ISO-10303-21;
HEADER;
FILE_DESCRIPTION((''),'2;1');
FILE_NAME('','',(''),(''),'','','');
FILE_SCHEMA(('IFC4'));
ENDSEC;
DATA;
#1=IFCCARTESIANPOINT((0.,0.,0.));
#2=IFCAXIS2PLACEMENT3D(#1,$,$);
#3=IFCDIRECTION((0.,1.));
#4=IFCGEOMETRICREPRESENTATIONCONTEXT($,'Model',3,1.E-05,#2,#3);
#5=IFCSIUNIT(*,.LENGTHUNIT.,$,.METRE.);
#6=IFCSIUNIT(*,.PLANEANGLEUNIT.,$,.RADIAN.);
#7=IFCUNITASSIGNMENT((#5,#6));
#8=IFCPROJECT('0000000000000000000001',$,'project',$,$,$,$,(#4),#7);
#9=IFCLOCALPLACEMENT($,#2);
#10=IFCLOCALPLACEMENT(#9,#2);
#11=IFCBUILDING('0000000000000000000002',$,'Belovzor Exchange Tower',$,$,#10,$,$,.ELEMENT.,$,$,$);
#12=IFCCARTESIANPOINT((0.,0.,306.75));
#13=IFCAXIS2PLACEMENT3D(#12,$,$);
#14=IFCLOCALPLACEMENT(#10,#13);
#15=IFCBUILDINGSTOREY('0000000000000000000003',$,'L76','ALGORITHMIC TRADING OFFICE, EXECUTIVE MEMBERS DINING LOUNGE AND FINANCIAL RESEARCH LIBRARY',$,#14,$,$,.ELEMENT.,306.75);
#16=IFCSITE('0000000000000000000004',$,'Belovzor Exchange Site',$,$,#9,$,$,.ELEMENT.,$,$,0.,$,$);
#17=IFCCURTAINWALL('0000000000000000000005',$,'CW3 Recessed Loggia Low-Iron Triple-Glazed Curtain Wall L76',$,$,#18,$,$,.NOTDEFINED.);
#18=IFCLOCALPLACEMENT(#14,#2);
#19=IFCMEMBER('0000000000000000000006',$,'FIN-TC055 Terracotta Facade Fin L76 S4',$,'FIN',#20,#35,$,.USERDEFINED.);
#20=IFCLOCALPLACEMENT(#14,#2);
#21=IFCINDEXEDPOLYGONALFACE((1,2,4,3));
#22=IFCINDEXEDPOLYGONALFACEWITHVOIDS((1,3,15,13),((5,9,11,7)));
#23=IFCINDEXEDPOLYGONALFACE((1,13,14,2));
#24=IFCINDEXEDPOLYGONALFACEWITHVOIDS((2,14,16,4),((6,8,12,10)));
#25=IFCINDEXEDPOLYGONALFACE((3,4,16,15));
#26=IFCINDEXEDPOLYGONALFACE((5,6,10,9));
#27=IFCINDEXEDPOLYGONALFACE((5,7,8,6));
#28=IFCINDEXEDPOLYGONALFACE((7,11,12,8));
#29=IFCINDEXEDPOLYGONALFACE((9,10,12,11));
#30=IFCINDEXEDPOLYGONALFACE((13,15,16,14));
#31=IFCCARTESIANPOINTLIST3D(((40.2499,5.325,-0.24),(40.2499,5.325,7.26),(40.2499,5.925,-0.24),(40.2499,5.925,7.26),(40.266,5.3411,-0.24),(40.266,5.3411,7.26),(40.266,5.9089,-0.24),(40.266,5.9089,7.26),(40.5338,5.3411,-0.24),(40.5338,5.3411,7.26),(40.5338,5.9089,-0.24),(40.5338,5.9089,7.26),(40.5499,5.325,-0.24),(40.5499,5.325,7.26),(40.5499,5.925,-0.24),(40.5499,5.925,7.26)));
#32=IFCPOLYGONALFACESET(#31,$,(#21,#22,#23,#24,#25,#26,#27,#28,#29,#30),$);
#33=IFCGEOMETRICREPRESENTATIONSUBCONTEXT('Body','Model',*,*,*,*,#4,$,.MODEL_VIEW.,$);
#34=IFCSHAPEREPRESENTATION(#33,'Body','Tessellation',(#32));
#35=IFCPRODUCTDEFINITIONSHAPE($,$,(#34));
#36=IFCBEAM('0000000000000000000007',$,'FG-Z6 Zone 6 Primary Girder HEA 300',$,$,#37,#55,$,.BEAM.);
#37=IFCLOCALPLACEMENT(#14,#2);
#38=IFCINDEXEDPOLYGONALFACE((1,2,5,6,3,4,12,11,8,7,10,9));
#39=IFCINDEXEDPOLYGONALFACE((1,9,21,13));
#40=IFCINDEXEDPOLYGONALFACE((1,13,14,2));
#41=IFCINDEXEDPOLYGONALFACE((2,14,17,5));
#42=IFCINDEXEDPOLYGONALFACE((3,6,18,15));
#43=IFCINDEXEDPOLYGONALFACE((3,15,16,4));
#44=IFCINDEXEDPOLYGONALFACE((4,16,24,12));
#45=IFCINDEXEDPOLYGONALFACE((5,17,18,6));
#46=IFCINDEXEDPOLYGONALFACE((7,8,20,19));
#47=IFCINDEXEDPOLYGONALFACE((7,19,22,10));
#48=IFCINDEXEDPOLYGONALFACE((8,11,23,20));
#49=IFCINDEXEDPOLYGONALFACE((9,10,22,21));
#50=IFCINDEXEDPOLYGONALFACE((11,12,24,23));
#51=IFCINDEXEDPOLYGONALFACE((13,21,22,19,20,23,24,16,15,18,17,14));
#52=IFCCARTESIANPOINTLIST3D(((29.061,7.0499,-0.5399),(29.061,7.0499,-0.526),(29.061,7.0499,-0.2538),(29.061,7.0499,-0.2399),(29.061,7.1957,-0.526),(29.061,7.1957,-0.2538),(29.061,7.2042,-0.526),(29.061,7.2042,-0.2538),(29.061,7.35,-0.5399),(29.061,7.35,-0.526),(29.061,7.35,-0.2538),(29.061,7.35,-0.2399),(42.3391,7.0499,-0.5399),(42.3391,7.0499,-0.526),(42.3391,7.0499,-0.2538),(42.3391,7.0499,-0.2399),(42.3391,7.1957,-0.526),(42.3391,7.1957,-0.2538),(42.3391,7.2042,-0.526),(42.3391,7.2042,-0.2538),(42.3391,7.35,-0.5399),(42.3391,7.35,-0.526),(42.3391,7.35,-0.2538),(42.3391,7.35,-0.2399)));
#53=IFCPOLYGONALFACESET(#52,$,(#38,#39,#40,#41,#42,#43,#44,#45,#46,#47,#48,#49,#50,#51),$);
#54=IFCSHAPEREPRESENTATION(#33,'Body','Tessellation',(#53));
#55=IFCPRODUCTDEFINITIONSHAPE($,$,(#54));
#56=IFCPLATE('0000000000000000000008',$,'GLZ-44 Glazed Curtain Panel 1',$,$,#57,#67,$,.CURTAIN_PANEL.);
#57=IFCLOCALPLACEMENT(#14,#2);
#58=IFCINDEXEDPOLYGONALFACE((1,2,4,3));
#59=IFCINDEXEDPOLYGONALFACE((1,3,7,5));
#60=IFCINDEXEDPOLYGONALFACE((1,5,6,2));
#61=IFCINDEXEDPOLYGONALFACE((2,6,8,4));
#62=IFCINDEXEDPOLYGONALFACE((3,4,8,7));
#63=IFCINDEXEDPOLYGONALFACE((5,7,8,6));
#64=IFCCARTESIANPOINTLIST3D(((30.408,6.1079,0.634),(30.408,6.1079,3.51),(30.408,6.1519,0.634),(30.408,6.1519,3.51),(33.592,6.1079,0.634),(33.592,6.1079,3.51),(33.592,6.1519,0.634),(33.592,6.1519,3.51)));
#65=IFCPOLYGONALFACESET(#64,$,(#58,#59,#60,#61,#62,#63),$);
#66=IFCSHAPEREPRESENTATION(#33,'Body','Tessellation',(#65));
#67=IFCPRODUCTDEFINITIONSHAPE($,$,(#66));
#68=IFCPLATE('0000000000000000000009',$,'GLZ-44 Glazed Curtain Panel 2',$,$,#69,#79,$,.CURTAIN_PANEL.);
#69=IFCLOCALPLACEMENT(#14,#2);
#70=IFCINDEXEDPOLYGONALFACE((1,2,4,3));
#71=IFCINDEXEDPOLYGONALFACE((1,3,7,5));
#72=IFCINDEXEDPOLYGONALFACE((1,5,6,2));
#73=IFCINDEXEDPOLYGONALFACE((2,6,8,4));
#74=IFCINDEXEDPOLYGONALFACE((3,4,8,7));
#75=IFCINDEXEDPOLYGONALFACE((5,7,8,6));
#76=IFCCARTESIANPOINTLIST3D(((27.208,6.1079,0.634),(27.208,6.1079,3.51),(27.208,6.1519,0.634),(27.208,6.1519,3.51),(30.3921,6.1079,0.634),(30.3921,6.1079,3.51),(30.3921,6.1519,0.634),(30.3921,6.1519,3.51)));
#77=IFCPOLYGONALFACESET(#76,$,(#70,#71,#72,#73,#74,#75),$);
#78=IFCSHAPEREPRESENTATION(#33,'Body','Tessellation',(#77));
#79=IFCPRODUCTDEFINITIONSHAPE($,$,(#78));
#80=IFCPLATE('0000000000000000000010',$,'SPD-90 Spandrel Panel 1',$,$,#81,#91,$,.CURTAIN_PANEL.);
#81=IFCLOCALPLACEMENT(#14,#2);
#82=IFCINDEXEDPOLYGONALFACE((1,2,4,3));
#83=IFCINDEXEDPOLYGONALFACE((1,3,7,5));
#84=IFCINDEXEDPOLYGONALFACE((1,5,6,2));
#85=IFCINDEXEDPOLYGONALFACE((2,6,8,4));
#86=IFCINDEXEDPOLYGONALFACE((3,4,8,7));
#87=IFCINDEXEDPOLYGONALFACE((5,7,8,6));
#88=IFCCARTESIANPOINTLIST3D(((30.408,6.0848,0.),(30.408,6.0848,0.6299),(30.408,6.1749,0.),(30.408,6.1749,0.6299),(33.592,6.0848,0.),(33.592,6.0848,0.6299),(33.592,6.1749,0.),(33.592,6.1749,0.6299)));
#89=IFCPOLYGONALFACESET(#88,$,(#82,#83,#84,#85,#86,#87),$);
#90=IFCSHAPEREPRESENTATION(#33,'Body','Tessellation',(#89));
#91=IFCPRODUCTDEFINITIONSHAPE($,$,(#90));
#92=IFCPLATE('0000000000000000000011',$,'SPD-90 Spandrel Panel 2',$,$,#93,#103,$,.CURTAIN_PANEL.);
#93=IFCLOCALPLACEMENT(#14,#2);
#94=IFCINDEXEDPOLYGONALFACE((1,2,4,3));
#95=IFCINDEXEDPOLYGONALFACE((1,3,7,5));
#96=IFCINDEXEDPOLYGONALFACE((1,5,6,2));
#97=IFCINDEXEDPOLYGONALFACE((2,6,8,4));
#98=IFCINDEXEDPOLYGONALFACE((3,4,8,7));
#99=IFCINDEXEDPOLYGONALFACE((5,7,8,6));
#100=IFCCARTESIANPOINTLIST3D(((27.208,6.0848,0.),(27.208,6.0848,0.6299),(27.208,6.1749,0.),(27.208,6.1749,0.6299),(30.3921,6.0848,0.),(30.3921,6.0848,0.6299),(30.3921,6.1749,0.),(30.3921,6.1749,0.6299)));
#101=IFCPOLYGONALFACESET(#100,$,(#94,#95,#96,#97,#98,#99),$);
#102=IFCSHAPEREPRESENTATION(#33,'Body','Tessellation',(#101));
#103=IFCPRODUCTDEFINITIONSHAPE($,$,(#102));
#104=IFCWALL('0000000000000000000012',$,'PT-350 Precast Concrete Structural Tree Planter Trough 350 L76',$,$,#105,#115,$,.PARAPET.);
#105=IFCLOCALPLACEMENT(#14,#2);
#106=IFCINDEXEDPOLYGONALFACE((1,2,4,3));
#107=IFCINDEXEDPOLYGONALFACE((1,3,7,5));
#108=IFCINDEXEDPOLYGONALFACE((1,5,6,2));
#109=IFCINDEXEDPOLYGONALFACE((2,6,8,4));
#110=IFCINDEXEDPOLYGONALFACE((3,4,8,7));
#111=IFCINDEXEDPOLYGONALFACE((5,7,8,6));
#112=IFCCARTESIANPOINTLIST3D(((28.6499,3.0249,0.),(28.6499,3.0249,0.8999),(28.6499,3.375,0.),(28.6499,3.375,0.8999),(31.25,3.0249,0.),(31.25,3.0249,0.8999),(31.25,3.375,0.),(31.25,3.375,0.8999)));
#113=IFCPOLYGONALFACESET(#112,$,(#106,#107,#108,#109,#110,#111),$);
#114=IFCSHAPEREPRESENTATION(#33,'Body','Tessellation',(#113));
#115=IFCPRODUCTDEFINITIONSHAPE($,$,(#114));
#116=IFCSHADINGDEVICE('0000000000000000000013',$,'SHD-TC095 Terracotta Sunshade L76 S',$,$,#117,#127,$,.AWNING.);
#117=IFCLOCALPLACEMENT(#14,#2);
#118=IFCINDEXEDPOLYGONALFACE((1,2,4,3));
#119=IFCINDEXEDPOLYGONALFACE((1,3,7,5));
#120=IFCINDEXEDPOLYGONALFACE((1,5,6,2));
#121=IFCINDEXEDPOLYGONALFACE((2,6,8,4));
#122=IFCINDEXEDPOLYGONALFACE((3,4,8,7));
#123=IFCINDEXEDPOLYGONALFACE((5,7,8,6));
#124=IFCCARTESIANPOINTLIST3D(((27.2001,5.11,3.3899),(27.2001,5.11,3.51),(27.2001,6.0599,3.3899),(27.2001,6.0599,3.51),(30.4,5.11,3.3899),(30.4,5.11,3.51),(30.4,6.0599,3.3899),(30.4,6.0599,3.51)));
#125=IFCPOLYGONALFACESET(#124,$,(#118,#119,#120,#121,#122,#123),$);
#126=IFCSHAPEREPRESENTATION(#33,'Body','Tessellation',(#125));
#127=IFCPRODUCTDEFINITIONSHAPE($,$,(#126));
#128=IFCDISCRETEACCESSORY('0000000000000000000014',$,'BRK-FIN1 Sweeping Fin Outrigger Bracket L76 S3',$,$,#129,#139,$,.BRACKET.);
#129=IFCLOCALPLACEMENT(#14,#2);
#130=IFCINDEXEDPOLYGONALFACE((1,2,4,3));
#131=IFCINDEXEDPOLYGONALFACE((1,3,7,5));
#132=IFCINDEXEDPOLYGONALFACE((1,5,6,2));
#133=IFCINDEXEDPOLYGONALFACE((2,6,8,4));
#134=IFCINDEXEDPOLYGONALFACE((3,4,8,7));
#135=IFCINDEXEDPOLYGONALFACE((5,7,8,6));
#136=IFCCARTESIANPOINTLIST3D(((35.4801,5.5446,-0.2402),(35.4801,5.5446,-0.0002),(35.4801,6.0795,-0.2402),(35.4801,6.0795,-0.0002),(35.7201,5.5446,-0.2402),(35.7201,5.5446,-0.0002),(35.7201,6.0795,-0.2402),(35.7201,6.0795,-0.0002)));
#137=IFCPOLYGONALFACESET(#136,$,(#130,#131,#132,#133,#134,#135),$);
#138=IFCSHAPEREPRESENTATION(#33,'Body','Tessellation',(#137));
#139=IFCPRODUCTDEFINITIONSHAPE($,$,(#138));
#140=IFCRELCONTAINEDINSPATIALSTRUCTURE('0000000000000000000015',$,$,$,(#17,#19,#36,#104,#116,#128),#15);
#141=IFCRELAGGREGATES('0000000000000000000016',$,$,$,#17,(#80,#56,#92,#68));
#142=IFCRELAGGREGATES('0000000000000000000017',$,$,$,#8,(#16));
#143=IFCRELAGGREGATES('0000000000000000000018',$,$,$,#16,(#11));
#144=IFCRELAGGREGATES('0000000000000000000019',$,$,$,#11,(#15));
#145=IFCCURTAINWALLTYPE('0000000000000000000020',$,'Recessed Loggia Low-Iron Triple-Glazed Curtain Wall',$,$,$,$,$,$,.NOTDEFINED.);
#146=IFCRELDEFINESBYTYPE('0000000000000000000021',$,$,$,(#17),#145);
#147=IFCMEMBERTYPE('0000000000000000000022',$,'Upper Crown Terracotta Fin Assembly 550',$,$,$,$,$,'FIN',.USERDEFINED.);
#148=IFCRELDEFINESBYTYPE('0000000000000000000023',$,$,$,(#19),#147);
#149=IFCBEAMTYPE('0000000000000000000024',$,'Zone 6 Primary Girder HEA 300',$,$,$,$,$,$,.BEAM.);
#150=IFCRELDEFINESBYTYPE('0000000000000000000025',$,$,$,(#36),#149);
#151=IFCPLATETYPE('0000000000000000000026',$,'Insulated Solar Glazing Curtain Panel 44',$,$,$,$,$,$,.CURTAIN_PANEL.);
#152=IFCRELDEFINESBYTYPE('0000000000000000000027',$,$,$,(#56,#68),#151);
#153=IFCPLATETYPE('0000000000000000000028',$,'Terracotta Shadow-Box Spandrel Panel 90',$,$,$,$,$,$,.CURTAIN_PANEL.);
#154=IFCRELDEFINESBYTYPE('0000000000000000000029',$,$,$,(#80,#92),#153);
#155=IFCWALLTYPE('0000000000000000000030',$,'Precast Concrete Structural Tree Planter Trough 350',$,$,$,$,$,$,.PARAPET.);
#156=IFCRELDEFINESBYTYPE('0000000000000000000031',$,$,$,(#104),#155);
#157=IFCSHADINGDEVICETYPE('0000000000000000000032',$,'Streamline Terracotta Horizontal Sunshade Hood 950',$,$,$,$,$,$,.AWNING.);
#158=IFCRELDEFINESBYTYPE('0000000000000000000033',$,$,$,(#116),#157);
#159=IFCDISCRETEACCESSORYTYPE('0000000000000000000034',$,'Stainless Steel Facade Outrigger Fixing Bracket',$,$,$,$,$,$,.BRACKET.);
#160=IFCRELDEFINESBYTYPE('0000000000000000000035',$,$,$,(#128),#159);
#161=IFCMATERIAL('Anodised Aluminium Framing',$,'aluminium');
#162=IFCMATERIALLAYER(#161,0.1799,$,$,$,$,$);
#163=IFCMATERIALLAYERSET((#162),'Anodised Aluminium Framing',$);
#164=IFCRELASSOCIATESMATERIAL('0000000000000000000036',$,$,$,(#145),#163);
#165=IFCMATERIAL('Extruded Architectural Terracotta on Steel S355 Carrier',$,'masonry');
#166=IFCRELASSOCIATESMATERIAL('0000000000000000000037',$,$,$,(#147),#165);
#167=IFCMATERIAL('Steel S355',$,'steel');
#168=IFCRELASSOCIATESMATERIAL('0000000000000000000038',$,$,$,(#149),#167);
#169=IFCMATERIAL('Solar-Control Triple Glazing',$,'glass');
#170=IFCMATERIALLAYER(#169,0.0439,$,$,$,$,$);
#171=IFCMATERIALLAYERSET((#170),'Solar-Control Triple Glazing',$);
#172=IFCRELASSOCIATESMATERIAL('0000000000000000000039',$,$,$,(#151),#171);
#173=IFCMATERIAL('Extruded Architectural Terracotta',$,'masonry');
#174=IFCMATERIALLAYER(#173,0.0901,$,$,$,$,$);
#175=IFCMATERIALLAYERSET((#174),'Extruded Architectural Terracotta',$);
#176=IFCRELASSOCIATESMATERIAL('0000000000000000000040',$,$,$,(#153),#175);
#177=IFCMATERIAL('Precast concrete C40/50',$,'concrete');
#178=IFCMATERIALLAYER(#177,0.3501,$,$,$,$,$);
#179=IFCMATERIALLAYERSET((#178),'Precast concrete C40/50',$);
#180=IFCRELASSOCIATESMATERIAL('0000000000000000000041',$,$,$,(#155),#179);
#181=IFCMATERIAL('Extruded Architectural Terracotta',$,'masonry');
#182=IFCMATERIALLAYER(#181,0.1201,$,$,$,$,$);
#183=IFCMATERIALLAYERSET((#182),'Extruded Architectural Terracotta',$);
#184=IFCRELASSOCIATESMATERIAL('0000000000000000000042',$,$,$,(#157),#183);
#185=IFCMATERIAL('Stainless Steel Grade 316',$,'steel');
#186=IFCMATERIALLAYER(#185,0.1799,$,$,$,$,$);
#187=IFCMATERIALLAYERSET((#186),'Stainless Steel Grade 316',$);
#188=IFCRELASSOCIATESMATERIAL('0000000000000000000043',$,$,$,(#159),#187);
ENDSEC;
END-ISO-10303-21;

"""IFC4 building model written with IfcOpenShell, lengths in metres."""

from ifc_helpers import new_model, si_unit, direction, frame, frame_2d, origin, origin_2d, place, context, subcontext, project, spatial, rectangle, hollow_rectangle, i_section, extrude, material, layer, layer_set, material_profile, profile_set, type_object, element, aggregate, save


model = new_model("IFC4")

# Units and contexts
model_context = context("Model", 3, precision=1e-05, world=origin(), true_north=direction((0.0, 1.0)))
body_context = subcontext(model_context, "Body", "Model", "MODEL_VIEW")
ifc_project = project(units=[si_unit("LENGTHUNIT", "METRE"), si_unit("PLANEANGLEUNIT", "RADIAN")], contexts=[model_context])

# Site, building, storey
site_placement = place(None, origin())
site = spatial("IfcSite", under=ifc_project, at=site_placement, Name="Belovzor Exchange Site", CompositionType="ELEMENT", RefElevation=0.0)
building_placement = place(site_placement, origin())
building = spatial("IfcBuilding", under=site, at=building_placement, Name="Belovzor Exchange Tower", CompositionType="ELEMENT")
storey_placement = place(building_placement, frame((0.0, 0.0, 306.75)))
storey = spatial("IfcBuildingStorey", under=building, at=storey_placement, Name="L76", Description="ALGORITHMIC TRADING OFFICE, EXECUTIVE MEMBERS DINING LOUNGE AND FINANCIAL RESEARCH LIBRARY", CompositionType="ELEMENT", Elevation=306.75)

# Curtain wall
ifc_material_1 = material(Name="Anodised Aluminium Framing", Category="aluminium")
ifc_layer_1 = layer(ifc_material_1, 0.1799)
ifc_layer_set_1 = layer_set([ifc_layer_1], Name="Anodised Aluminium Framing")
curtain_wall_type = type_object("IfcCurtainWallType", Name="Recessed Loggia Low-Iron Triple-Glazed Curtain Wall", PredefinedType="NOTDEFINED", material=ifc_layer_set_1)
curtain_wall_placement = place(storey_placement, origin())
curtain_wall = element("IfcCurtainWall", 1, at=curtain_wall_placement, inside=storey, type_object=curtain_wall_type, Name="CW3 Recessed Loggia Low-Iron Triple-Glazed Curtain Wall L76", PredefinedType="NOTDEFINED")

# Member
ifc_material_2 = material(Name="Extruded Architectural Terracotta on Steel S355 Carrier", Category="masonry")
ifc_material_profile_1 = material_profile(ifc_material_2, hollow_rectangle(XDim=0.3, YDim=0.6001, WallThickness=0.0161, at=origin_2d()))
ifc_profile_set_1 = profile_set([ifc_material_profile_1], Name="Extruded Architectural Terracotta on Steel S355 Carrier")
member_type_1 = type_object("IfcMemberType", Name="Upper Crown Terracotta Fin Assembly 550", ElementType="FIN", PredefinedType="USERDEFINED", material=ifc_profile_set_1)
for number, where, z_axis, x_axis, name in (
    (2, (40.3999, 5.625, -0.24), (0.0, 0.0, 1.0), (1.0, 0.0, 0.0), "FIN-TC055 Terracotta Facade Fin L76 S4"),
):
    element("IfcMember", number, at=place(storey_placement, frame(where, z_axis=z_axis, x_axis=x_axis)), inside=storey, type_object=member_type_1, Name=name, ObjectType="FIN", PredefinedType="USERDEFINED", context=body_context, shape_type="SweptSolid", body=[
        extrude(hollow_rectangle(XDim=0.3, YDim=0.6001, WallThickness=0.0161, at=origin_2d()), origin(), (0.0, 0.0, 1.0), 7.5),
    ])

# Beam
ifc_material_3 = material(Name="Steel S355", Category="steel")
ifc_material_profile_2 = material_profile(ifc_material_3, i_section(OverallWidth=0.3, OverallDepth=0.3, WebThickness=0.0085, FlangeThickness=0.0139, at=origin_2d()))
ifc_profile_set_2 = profile_set([ifc_material_profile_2], Name="Steel S355")
beam_type_1 = type_object("IfcBeamType", Name="Zone 6 Primary Girder HEA 300", PredefinedType="BEAM", material=ifc_profile_set_2)
beam_1_placement = place(storey_placement, frame((29.061, 7.2, -0.3899), z_axis=(1.0, 0.0, 0.0), x_axis=(0.0, 1.0, 0.0)))
element("IfcBeam", 3, at=beam_1_placement, inside=storey, type_object=beam_type_1, Name="FG-Z6 Zone 6 Primary Girder HEA 300", PredefinedType="BEAM", context=body_context, shape_type="SweptSolid", body=[
    extrude(i_section(OverallWidth=0.3, OverallDepth=0.3, WebThickness=0.0085, FlangeThickness=0.0139, at=origin_2d()), origin(), (0.0, 0.0, 1.0), 13.2781),
])

# Plates
ifc_material_4 = material(Name="Solar-Control Triple Glazing", Category="glass")
ifc_layer_2 = layer(ifc_material_4, 0.0439)
ifc_layer_set_2 = layer_set([ifc_layer_2], Name="Solar-Control Triple Glazing")
plate_type_1 = type_object("IfcPlateType", Name="Insulated Solar Glazing Curtain Panel 44", PredefinedType="CURTAIN_PANEL", material=ifc_layer_set_2)
plate_1_placement = place(storey_placement, frame((32.0, 6.1299, 0.634), z_axis=(0.0, 0.0, 1.0), x_axis=(-1.0, 0.0, 0.0)))
plate_1 = element("IfcPlate", 4, at=plate_1_placement, type_object=plate_type_1, Name="GLZ-44 Glazed Curtain Panel 1", PredefinedType="CURTAIN_PANEL", context=body_context, shape_type="SweptSolid", body=[
    extrude(rectangle(XDim=3.1841, YDim=0.0439, at=origin_2d()), origin(), (0.0, 0.0, 1.0), 2.876),
])
plate_2_placement = place(storey_placement, frame((28.8, 6.1299, 0.634), z_axis=(0.0, 0.0, 1.0), x_axis=(-1.0, 0.0, 0.0)))
plate_2 = element("IfcPlate", 5, at=plate_2_placement, type_object=plate_type_1, Name="GLZ-44 Glazed Curtain Panel 2", PredefinedType="CURTAIN_PANEL", context=body_context, shape_type="SweptSolid", body=[
    extrude(rectangle(XDim=3.1841, YDim=0.0439, at=origin_2d()), origin(), (0.0, 0.0, 1.0), 2.876),
])
ifc_material_5 = material(Name="Extruded Architectural Terracotta", Category="masonry")
ifc_layer_3 = layer(ifc_material_5, 0.0901)
ifc_layer_set_3 = layer_set([ifc_layer_3], Name="Extruded Architectural Terracotta")
plate_type_2 = type_object("IfcPlateType", Name="Terracotta Shadow-Box Spandrel Panel 90", PredefinedType="CURTAIN_PANEL", material=ifc_layer_set_3)
plate_3_placement = place(storey_placement, frame((32.0, 6.1299, 0.0), z_axis=(0.0, 0.0, 1.0), x_axis=(-1.0, 0.0, 0.0)))
plate_3 = element("IfcPlate", 6, at=plate_3_placement, type_object=plate_type_2, Name="SPD-90 Spandrel Panel 1", PredefinedType="CURTAIN_PANEL", context=body_context, shape_type="SweptSolid", body=[
    extrude(rectangle(XDim=3.1841, YDim=0.0901, at=origin_2d()), origin(), (0.0, 0.0, 1.0), 0.6299),
])
plate_4_placement = place(storey_placement, frame((28.8, 6.1299, 0.0), z_axis=(0.0, 0.0, 1.0), x_axis=(-1.0, 0.0, 0.0)))
plate_4 = element("IfcPlate", 7, at=plate_4_placement, type_object=plate_type_2, Name="SPD-90 Spandrel Panel 2", PredefinedType="CURTAIN_PANEL", context=body_context, shape_type="SweptSolid", body=[
    extrude(rectangle(XDim=3.1841, YDim=0.0901, at=origin_2d()), origin(), (0.0, 0.0, 1.0), 0.6299),
])
aggregate(curtain_wall, [plate_3, plate_1, plate_4, plate_2])

# Wall
ifc_material_6 = material(Name="Precast concrete C40/50", Category="concrete")
ifc_layer_4 = layer(ifc_material_6, 0.3501)
ifc_layer_set_4 = layer_set([ifc_layer_4], Name="Precast concrete C40/50")
wall_type = type_object("IfcWallType", Name="Precast Concrete Structural Tree Planter Trough 350", PredefinedType="PARAPET", material=ifc_layer_set_4)
wall_placement = place(storey_placement, frame((28.6499, 3.2, 0.0), z_axis=(0.0, 0.0, 1.0), x_axis=(1.0, 0.0, 0.0)))
element("IfcWall", 8, at=wall_placement, inside=storey, type_object=wall_type, Name="PT-350 Precast Concrete Structural Tree Planter Trough 350 L76", PredefinedType="PARAPET", context=body_context, shape_type="SweptSolid", body=[
    extrude(rectangle(XDim=2.6001, YDim=0.3501, at=frame_2d((1.3, 0.0))), origin(), (0.0, 0.0, 1.0), 0.8999),
])

# Shading device
ifc_material_7 = material(Name="Extruded Architectural Terracotta", Category="masonry")
ifc_layer_5 = layer(ifc_material_7, 0.1201)
ifc_layer_set_5 = layer_set([ifc_layer_5], Name="Extruded Architectural Terracotta")
shading_device_type = type_object("IfcShadingDeviceType", Name="Streamline Terracotta Horizontal Sunshade Hood 950", PredefinedType="AWNING", material=ifc_layer_set_5)
shading_device_placement = place(storey_placement, frame((28.8, 5.585, 3.3899), z_axis=(0.0, 0.0, 1.0), x_axis=(1.0, 0.0, 0.0)))
element("IfcShadingDevice", 9, at=shading_device_placement, inside=storey, type_object=shading_device_type, Name="SHD-TC095 Terracotta Sunshade L76 S", PredefinedType="AWNING", context=body_context, shape_type="SweptSolid", body=[
    extrude(rectangle(XDim=3.2, YDim=0.95, at=origin_2d()), origin(), (0.0, 0.0, 1.0), 0.1201),
])

# Discrete accessory
ifc_material_8 = material(Name="Stainless Steel Grade 316", Category="steel")
ifc_layer_6 = layer(ifc_material_8, 0.1799)
ifc_layer_set_6 = layer_set([ifc_layer_6], Name="Stainless Steel Grade 316")
discrete_accessory_type = type_object("IfcDiscreteAccessoryType", Name="Stainless Steel Facade Outrigger Fixing Bracket", PredefinedType="BRACKET", material=ifc_layer_set_6)
discrete_accessory_placement = place(storey_placement, frame((35.6001, 5.812, -0.2402), z_axis=(0.0, 0.0, 1.0), x_axis=(0.0, 1.0, 0.0)))
element("IfcDiscreteAccessory", 10, at=discrete_accessory_placement, inside=storey, type_object=discrete_accessory_type, Name="BRK-FIN1 Sweeping Fin Outrigger Bracket L76 S3", PredefinedType="BRACKET", context=body_context, shape_type="SweptSolid", body=[
    extrude(rectangle(XDim=0.5349, YDim=0.24, at=origin_2d()), origin(), (0.0, 0.0, 1.0), 0.24),
])

save(model, "model.ifc")
